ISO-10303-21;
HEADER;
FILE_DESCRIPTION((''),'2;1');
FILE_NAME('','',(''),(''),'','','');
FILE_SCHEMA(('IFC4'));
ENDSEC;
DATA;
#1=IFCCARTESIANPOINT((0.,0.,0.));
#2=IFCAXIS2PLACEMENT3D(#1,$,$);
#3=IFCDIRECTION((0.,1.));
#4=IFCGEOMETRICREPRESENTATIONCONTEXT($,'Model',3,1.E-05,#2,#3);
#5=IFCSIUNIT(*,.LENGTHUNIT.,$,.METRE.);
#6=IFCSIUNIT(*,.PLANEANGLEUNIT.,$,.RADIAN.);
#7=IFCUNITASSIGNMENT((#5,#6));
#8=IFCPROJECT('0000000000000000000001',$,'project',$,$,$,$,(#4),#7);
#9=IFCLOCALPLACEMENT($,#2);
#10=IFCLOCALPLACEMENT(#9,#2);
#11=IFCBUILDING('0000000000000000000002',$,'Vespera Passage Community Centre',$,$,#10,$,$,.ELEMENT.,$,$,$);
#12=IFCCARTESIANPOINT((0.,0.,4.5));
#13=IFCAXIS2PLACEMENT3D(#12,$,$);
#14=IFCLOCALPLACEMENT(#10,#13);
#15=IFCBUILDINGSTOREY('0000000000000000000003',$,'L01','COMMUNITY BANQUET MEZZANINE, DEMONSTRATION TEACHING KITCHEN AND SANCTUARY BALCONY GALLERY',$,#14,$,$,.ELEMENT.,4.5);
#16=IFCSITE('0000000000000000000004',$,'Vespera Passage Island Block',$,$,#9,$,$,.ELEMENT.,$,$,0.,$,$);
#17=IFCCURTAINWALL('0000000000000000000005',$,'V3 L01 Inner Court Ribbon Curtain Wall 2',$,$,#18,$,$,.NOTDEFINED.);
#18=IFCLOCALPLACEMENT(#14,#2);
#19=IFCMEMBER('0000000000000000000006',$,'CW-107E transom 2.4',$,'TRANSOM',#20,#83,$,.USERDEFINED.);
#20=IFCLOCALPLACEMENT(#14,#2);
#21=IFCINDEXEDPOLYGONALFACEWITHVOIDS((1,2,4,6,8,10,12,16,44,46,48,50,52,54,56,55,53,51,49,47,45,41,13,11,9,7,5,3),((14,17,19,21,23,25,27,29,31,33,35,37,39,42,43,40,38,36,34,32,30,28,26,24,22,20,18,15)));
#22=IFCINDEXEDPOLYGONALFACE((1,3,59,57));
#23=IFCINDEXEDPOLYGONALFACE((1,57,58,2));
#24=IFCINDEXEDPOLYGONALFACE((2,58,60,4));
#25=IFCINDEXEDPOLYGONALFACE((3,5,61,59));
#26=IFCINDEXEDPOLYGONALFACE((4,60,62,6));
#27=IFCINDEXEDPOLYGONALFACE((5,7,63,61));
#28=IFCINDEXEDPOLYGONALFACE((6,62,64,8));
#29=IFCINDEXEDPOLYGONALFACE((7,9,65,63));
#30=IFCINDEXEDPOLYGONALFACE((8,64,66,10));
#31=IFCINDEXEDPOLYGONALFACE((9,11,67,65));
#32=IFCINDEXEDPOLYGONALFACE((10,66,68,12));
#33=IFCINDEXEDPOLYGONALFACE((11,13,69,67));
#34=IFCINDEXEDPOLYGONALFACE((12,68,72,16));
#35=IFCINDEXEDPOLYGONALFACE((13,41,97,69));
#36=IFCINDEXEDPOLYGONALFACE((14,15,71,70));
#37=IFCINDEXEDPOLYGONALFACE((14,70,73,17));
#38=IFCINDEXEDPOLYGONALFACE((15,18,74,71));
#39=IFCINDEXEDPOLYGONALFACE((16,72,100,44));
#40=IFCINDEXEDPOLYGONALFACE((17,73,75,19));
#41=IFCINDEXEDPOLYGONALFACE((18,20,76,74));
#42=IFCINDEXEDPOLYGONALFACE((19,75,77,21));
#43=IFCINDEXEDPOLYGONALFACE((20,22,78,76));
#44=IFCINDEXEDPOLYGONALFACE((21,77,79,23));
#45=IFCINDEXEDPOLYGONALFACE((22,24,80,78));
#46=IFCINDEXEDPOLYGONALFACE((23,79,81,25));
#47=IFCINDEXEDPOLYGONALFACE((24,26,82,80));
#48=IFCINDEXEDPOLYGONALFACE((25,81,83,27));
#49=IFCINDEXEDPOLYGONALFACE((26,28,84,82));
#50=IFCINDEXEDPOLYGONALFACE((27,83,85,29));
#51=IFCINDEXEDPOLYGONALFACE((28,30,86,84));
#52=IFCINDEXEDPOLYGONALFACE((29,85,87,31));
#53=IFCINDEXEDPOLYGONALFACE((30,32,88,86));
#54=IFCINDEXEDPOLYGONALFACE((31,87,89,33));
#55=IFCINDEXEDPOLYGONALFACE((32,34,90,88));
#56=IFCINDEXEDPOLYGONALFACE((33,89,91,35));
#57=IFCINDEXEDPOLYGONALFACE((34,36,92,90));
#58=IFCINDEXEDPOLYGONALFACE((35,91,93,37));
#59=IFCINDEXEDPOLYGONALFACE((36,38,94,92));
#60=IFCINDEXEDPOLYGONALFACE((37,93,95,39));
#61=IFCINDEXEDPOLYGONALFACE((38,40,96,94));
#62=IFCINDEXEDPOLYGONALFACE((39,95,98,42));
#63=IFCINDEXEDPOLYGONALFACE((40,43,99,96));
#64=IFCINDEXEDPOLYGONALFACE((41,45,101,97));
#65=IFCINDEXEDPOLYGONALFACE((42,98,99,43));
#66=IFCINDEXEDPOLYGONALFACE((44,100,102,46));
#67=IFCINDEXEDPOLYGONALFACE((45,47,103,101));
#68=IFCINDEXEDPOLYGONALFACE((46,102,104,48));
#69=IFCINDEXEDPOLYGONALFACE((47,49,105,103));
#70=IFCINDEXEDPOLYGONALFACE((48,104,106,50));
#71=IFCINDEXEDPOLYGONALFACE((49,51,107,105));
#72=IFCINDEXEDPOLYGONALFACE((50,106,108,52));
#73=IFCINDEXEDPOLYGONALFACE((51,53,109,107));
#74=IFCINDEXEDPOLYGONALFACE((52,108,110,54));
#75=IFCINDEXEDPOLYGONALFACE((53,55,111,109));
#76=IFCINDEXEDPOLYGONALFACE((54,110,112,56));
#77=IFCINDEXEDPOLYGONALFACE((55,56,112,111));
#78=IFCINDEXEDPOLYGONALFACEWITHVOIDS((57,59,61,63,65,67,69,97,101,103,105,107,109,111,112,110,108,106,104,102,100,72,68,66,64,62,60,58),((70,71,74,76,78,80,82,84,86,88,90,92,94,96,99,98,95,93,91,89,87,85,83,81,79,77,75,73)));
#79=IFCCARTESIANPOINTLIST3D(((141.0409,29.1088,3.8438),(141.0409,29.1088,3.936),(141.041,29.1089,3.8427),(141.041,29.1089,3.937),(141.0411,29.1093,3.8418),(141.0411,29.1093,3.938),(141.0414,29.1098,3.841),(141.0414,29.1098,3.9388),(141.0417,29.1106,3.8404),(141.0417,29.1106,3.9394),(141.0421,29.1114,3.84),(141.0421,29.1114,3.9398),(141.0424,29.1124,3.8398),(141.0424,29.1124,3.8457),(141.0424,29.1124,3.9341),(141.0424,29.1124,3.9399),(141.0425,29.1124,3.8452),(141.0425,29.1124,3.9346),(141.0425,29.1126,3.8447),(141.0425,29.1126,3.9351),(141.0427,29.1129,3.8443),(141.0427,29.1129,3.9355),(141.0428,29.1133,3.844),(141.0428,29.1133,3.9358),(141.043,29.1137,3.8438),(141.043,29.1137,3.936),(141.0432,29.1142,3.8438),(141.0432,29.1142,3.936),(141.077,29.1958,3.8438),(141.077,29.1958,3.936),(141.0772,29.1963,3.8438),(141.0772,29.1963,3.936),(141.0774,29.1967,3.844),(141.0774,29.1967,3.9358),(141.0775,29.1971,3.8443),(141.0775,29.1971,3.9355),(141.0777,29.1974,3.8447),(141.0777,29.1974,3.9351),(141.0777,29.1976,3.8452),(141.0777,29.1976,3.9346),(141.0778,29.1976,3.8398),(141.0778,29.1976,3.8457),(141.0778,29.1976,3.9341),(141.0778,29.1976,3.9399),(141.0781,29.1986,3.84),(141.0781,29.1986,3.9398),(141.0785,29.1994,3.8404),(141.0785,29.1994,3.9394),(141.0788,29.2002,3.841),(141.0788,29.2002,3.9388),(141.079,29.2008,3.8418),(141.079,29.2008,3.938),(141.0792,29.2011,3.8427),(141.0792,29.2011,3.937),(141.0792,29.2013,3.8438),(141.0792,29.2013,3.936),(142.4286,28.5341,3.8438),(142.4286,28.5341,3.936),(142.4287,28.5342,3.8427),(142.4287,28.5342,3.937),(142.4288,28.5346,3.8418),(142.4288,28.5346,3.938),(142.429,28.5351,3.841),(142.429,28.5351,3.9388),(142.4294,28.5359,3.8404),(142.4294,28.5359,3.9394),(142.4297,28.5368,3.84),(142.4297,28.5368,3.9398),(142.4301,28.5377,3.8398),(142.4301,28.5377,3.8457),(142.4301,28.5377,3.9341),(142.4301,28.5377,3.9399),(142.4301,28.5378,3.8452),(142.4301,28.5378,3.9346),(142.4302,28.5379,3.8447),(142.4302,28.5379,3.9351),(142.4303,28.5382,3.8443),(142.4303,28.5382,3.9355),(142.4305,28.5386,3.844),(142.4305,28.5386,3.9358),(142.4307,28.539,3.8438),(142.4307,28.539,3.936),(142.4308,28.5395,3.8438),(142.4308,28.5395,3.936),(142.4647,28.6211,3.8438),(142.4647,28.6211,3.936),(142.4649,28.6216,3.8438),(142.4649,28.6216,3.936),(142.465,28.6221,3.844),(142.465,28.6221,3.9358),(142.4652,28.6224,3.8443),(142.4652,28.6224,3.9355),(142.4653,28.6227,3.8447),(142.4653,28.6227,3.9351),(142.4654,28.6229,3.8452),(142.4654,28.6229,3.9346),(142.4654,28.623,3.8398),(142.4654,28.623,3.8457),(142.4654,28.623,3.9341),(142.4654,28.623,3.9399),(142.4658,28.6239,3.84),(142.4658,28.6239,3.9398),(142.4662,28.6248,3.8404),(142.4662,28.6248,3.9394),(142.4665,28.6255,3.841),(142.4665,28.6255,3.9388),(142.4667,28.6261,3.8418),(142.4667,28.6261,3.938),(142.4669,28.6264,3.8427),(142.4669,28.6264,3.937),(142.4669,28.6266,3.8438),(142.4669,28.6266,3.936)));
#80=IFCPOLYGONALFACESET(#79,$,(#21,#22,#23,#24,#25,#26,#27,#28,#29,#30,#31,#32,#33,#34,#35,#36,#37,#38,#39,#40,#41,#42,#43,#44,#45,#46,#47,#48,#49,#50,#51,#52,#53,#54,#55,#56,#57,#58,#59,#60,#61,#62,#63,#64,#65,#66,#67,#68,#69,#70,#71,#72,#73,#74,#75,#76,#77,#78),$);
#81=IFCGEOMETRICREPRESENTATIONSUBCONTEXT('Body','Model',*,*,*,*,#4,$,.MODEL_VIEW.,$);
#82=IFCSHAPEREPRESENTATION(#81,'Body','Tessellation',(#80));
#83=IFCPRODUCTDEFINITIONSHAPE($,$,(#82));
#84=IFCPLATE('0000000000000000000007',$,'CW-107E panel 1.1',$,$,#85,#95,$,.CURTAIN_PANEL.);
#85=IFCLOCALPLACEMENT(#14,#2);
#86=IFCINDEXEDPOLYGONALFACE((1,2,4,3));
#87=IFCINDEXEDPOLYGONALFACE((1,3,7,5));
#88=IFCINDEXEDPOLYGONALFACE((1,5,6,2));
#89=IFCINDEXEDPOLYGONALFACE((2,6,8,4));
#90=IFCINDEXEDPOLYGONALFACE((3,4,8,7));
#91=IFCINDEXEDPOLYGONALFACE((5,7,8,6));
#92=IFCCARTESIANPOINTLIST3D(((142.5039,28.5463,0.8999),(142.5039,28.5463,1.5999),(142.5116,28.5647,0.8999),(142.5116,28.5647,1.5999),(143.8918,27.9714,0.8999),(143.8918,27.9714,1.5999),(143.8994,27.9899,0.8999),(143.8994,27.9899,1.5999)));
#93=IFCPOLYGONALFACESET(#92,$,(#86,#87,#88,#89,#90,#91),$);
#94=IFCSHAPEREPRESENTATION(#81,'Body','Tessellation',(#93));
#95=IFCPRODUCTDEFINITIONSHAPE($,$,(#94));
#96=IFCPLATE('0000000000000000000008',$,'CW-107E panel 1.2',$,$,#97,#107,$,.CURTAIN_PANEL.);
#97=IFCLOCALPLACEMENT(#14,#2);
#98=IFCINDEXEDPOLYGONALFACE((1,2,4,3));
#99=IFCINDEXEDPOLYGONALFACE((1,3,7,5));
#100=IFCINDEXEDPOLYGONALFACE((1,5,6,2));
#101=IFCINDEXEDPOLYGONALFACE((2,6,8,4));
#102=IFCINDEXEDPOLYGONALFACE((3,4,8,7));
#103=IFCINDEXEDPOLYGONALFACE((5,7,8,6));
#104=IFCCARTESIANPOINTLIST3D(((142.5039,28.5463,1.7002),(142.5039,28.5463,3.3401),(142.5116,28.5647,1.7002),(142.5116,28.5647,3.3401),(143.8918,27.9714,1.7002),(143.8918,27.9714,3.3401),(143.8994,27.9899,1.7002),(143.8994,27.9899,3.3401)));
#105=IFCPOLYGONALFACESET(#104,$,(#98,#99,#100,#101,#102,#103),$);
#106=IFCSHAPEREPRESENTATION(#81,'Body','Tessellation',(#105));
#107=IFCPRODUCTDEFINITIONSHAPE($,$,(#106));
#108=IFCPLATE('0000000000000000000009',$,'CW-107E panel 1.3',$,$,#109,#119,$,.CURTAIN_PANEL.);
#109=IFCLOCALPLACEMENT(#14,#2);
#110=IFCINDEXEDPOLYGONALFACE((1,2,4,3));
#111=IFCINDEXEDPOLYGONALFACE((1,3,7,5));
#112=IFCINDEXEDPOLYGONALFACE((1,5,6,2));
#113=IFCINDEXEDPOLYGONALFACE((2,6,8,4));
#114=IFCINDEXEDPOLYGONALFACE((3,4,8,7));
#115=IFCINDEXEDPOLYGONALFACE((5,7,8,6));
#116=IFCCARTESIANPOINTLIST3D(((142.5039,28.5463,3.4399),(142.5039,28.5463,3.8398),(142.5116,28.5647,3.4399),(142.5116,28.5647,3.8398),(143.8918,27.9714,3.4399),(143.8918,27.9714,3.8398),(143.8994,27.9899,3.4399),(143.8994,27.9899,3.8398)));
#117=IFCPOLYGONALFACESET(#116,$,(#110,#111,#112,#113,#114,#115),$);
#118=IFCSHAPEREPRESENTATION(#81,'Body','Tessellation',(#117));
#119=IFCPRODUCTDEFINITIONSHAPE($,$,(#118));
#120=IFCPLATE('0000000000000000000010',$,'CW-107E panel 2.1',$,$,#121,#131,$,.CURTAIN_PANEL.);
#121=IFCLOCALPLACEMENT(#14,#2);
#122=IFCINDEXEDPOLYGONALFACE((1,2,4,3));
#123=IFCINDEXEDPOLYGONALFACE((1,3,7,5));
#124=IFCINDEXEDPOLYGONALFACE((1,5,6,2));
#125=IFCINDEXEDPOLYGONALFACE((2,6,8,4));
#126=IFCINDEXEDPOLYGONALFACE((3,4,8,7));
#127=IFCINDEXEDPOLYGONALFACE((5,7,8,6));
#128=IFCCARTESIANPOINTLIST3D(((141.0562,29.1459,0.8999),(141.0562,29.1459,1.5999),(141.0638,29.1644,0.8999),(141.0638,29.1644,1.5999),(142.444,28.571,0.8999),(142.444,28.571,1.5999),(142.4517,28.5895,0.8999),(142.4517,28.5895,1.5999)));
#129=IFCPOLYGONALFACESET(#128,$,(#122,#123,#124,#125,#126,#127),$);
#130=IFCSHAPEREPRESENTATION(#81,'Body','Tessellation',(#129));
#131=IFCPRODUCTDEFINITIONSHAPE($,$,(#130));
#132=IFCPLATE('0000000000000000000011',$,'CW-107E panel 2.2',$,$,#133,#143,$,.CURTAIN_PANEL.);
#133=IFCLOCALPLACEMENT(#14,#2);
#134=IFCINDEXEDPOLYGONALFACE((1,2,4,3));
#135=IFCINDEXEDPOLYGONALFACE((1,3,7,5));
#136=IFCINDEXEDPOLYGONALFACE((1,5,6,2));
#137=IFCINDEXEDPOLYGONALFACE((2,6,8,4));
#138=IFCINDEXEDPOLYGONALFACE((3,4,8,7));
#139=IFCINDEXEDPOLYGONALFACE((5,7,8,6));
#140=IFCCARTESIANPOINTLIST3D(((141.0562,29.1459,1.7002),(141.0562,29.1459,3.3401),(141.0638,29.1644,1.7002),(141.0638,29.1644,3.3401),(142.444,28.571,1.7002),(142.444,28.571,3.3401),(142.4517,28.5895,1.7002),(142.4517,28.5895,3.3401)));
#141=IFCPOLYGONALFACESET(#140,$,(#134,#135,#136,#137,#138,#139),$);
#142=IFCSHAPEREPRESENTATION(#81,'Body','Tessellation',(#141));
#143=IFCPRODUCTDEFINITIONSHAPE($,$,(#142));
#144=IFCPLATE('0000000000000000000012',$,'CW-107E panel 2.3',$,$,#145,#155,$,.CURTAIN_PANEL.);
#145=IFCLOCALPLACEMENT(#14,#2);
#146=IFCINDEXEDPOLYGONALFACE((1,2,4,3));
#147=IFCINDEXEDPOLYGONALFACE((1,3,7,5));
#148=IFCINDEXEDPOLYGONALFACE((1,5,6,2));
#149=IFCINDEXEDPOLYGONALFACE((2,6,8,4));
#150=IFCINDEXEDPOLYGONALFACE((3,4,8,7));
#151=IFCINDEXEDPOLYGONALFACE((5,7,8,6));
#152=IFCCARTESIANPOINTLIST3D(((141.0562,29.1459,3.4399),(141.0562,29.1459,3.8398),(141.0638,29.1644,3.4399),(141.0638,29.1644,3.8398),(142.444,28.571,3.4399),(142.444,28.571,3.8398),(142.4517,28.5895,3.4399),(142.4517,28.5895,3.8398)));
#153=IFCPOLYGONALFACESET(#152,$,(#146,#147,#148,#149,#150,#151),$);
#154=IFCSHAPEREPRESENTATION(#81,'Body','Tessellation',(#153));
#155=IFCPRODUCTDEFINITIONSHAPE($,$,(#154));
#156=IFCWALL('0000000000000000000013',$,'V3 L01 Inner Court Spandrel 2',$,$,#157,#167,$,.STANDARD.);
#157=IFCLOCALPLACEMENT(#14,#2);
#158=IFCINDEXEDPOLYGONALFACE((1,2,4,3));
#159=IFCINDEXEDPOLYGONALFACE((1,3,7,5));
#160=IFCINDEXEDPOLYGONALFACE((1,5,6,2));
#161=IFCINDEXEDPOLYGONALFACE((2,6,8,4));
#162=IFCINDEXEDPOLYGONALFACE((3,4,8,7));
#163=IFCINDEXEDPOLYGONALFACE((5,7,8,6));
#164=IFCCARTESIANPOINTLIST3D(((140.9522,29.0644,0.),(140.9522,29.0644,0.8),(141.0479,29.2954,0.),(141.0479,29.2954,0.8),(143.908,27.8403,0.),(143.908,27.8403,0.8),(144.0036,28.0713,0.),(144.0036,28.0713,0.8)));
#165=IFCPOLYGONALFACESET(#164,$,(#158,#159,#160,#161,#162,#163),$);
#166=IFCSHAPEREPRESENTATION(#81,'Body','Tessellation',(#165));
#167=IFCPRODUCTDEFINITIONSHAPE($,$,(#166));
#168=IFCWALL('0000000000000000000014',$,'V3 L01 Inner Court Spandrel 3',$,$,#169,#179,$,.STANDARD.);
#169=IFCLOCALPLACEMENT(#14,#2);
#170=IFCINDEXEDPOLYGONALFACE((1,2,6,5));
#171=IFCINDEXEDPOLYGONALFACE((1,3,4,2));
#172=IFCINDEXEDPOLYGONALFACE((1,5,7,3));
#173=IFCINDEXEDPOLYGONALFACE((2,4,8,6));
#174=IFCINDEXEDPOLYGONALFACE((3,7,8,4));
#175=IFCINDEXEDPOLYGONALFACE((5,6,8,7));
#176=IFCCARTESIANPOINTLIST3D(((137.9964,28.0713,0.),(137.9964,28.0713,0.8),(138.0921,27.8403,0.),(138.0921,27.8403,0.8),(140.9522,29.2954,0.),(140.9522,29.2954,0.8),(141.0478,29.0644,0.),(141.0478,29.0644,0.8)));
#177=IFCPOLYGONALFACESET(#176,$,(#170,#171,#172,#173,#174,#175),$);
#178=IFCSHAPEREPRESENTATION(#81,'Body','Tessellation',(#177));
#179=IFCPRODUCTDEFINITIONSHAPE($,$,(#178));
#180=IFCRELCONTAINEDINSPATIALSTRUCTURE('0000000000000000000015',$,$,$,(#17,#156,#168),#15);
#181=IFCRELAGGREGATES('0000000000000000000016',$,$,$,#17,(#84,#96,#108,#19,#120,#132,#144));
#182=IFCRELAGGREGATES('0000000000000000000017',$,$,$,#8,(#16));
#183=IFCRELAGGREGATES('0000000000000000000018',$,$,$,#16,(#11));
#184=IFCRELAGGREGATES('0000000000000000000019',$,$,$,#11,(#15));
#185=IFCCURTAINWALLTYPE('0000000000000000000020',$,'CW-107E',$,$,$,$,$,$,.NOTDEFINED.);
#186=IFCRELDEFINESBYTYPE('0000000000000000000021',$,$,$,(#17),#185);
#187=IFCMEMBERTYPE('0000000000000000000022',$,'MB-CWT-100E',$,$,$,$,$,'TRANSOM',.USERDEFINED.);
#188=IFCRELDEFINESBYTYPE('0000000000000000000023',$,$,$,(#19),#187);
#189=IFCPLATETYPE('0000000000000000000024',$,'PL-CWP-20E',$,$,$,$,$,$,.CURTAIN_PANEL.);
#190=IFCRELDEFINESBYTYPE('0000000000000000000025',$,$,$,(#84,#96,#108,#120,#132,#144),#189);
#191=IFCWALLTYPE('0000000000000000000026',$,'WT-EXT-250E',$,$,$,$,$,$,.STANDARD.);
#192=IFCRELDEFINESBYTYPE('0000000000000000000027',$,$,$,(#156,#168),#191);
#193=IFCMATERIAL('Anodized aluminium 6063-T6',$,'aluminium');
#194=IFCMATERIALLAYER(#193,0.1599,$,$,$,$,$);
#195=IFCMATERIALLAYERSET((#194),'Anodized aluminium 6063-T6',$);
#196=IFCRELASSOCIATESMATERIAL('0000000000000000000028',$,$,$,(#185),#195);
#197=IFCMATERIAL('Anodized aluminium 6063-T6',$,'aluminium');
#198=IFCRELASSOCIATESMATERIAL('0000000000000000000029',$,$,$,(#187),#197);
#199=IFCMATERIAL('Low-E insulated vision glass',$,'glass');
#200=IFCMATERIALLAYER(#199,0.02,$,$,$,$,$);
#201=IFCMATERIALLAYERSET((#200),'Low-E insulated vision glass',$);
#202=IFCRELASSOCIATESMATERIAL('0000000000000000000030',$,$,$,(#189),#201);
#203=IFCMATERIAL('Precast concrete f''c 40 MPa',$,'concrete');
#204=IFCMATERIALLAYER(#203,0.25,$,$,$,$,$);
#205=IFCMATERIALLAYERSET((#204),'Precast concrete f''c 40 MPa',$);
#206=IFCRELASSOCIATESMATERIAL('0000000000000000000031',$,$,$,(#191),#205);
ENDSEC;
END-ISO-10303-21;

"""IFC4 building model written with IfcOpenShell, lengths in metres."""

from ifc_helpers import new_model, si_unit, direction, frame, frame_2d, origin, origin_2d, place, context, subcontext, project, spatial, rectangle, hollow_rectangle, extrude, material, layer, layer_set, material_profile, profile_set, type_object, element, aggregate, save


model = new_model("IFC4")

# Units and contexts
model_context = context("Model", 3, precision=1e-05, world=origin(), true_north=direction((0.0, 1.0)))
body_context = subcontext(model_context, "Body", "Model", "MODEL_VIEW")
ifc_project = project(units=[si_unit("LENGTHUNIT", "METRE"), si_unit("PLANEANGLEUNIT", "RADIAN")], contexts=[model_context])

# Site, building, storey
site_placement = place(None, origin())
site = spatial("IfcSite", under=ifc_project, at=site_placement, Name="Vespera Passage Island Block", CompositionType="ELEMENT", RefElevation=0.0)
building_placement = place(site_placement, origin())
building = spatial("IfcBuilding", under=site, at=building_placement, Name="Vespera Passage Community Centre", CompositionType="ELEMENT")
storey_placement = place(building_placement, frame((0.0, 0.0, 4.5)))
storey = spatial("IfcBuildingStorey", under=building, at=storey_placement, Name="L01", Description="COMMUNITY BANQUET MEZZANINE, DEMONSTRATION TEACHING KITCHEN AND SANCTUARY BALCONY GALLERY", CompositionType="ELEMENT", Elevation=4.5)

# Shared definitions
ifc_material_1 = material(Name="Anodized aluminium 6063-T6", Category="aluminium")
ifc_layer_1 = layer(ifc_material_1, 0.1599)
ifc_layer_set_1 = layer_set([ifc_layer_1], Name="Anodized aluminium 6063-T6")
curtain_wall_type = type_object("IfcCurtainWallType", Name="CW-107E", PredefinedType="NOTDEFINED", material=ifc_layer_set_1)

# Curtain wall
curtain_wall_1_placement = place(storey_placement, origin())
curtain_wall_1 = element("IfcCurtainWall", 1, at=curtain_wall_1_placement, inside=storey, type_object=curtain_wall_type, Name="V3 L01 Inner Court Ribbon Curtain Wall 2", PredefinedType="NOTDEFINED")

# Member
ifc_material_2 = material(Name="Anodized aluminium 6063-T6", Category="aluminium")
ifc_material_profile_1 = material_profile(ifc_material_2, hollow_rectangle(XDim=0.1001, YDim=0.1001, WallThickness=0.0039, InnerFilletRadius=0.002, OuterFilletRadius=0.0039, at=origin_2d()), Name="ALU100X100X4")
ifc_profile_set_1 = profile_set([ifc_material_profile_1], Name="Anodized aluminium 6063-T6")
member_type_1 = type_object("IfcMemberType", Name="MB-CWT-100E", ElementType="TRANSOM", PredefinedType="USERDEFINED", material=ifc_profile_set_1)
member_1_placement = place(storey_placement, frame((142.4478, 28.5803, 3.8899), z_axis=(-0.923902, 0.382629, 0.0), x_axis=(-0.382629, -0.923902, 0.0)))
member_1 = element("IfcMember", 2, at=member_1_placement, type_object=member_type_1, Name="CW-107E transom 2.4", ObjectType="TRANSOM", PredefinedType="USERDEFINED", context=body_context, shape_type="SweptSolid", body=[
    extrude(hollow_rectangle(XDim=0.1001, YDim=0.1001, WallThickness=0.0039, InnerFilletRadius=0.002, OuterFilletRadius=0.0039, at=origin_2d()), origin(), (0.0, 0.0, 1.0), 1.502),
])

# Plates
ifc_material_3 = material(Name="Low-E insulated vision glass", Category="glass")
ifc_layer_2 = layer(ifc_material_3, 0.02)
ifc_layer_set_2 = layer_set([ifc_layer_2], Name="Low-E insulated vision glass")
plate_type = type_object("IfcPlateType", Name="PL-CWP-20E", PredefinedType="CURTAIN_PANEL", material=ifc_layer_set_2)
plate_1_placement = place(storey_placement, frame((143.2017, 28.2681, 0.8999), z_axis=(0.0, 0.0, 1.0), x_axis=(-0.923879, 0.382686, 0.0)))
plate_1 = element("IfcPlate", 3, at=plate_1_placement, type_object=plate_type, Name="CW-107E panel 1.1", PredefinedType="CURTAIN_PANEL", context=body_context, shape_type="SweptSolid", body=[
    extrude(rectangle(XDim=1.5022, YDim=0.02, at=origin_2d()), origin(), (0.0, 0.0, 1.0), 0.7),
])
plate_2_placement = place(storey_placement, frame((143.2017, 28.2681, 1.7002), z_axis=(0.0, 0.0, 1.0), x_axis=(-0.923879, 0.382686, 0.0)))
plate_2 = element("IfcPlate", 4, at=plate_2_placement, type_object=plate_type, Name="CW-107E panel 1.2", PredefinedType="CURTAIN_PANEL", context=body_context, shape_type="SweptSolid", body=[
    extrude(rectangle(XDim=1.5022, YDim=0.02, at=origin_2d()), origin(), (0.0, 0.0, 1.0), 1.6399),
])
plate_3_placement = place(storey_placement, frame((143.2017, 28.2681, 3.4399), z_axis=(0.0, 0.0, 1.0), x_axis=(-0.923879, 0.382686, 0.0)))
plate_3 = element("IfcPlate", 5, at=plate_3_placement, type_object=plate_type, Name="CW-107E panel 1.3", PredefinedType="CURTAIN_PANEL", context=body_context, shape_type="SweptSolid", body=[
    extrude(rectangle(XDim=1.5022, YDim=0.02, at=origin_2d()), origin(), (0.0, 0.0, 1.0), 0.3999),
])
plate_4_placement = place(storey_placement, frame((141.7539, 28.8677, 0.8999), z_axis=(0.0, 0.0, 1.0), x_axis=(-0.923879, 0.382686, 0.0)))
plate_4 = element("IfcPlate", 6, at=plate_4_placement, type_object=plate_type, Name="CW-107E panel 2.1", PredefinedType="CURTAIN_PANEL", context=body_context, shape_type="SweptSolid", body=[
    extrude(rectangle(XDim=1.5022, YDim=0.02, at=origin_2d()), origin(), (0.0, 0.0, 1.0), 0.7),
])
plate_5_placement = place(storey_placement, frame((141.7539, 28.8677, 1.7002), z_axis=(0.0, 0.0, 1.0), x_axis=(-0.923879, 0.382686, 0.0)))
plate_5 = element("IfcPlate", 7, at=plate_5_placement, type_object=plate_type, Name="CW-107E panel 2.2", PredefinedType="CURTAIN_PANEL", context=body_context, shape_type="SweptSolid", body=[
    extrude(rectangle(XDim=1.5022, YDim=0.02, at=origin_2d()), origin(), (0.0, 0.0, 1.0), 1.6399),
])
plate_6_placement = place(storey_placement, frame((141.7539, 28.8677, 3.4399), z_axis=(0.0, 0.0, 1.0), x_axis=(-0.923879, 0.382686, 0.0)))
plate_6 = element("IfcPlate", 8, at=plate_6_placement, type_object=plate_type, Name="CW-107E panel 2.3", PredefinedType="CURTAIN_PANEL", context=body_context, shape_type="SweptSolid", body=[
    extrude(rectangle(XDim=1.5022, YDim=0.02, at=origin_2d()), origin(), (0.0, 0.0, 1.0), 0.3999),
])
aggregate(curtain_wall_1, [plate_1, plate_2, plate_3, member_1, plate_4, plate_5, plate_6])

# Walls
ifc_material_4 = material(Name="Precast concrete f'c 40 MPa", Category="concrete")
ifc_layer_3 = layer(ifc_material_4, 0.25)
ifc_layer_set_3 = layer_set([ifc_layer_3], Name="Precast concrete f'c 40 MPa")
wall_type_1 = type_object("IfcWallType", Name="WT-EXT-250E", PredefinedType="STANDARD", material=ifc_layer_set_3)
for number, where, z_axis, x_axis, name in (
    (9, (143.9558, 27.9558, 0.0), (0.0, 0.0, 1.0), (-0.923903, 0.382626, 0.0), "V3 L01 Inner Court Spandrel 2"),
    (10, (141.0, 29.1799, 0.0), (0.0, 0.0, 1.0), (-0.923903, -0.382626, 0.0), "V3 L01 Inner Court Spandrel 3"),
):
    element("IfcWall", number, at=place(storey_placement, frame(where, z_axis=z_axis, x_axis=x_axis)), inside=storey, type_object=wall_type_1, Name=name, PredefinedType="STANDARD", context=body_context, shape_type="SweptSolid", body=[
        extrude(rectangle(XDim=3.1992, YDim=0.25, at=frame_2d((1.5996, 0.0))), origin(), (0.0, 0.0, 1.0), 0.8),
    ])

save(model, "model.ifc")
